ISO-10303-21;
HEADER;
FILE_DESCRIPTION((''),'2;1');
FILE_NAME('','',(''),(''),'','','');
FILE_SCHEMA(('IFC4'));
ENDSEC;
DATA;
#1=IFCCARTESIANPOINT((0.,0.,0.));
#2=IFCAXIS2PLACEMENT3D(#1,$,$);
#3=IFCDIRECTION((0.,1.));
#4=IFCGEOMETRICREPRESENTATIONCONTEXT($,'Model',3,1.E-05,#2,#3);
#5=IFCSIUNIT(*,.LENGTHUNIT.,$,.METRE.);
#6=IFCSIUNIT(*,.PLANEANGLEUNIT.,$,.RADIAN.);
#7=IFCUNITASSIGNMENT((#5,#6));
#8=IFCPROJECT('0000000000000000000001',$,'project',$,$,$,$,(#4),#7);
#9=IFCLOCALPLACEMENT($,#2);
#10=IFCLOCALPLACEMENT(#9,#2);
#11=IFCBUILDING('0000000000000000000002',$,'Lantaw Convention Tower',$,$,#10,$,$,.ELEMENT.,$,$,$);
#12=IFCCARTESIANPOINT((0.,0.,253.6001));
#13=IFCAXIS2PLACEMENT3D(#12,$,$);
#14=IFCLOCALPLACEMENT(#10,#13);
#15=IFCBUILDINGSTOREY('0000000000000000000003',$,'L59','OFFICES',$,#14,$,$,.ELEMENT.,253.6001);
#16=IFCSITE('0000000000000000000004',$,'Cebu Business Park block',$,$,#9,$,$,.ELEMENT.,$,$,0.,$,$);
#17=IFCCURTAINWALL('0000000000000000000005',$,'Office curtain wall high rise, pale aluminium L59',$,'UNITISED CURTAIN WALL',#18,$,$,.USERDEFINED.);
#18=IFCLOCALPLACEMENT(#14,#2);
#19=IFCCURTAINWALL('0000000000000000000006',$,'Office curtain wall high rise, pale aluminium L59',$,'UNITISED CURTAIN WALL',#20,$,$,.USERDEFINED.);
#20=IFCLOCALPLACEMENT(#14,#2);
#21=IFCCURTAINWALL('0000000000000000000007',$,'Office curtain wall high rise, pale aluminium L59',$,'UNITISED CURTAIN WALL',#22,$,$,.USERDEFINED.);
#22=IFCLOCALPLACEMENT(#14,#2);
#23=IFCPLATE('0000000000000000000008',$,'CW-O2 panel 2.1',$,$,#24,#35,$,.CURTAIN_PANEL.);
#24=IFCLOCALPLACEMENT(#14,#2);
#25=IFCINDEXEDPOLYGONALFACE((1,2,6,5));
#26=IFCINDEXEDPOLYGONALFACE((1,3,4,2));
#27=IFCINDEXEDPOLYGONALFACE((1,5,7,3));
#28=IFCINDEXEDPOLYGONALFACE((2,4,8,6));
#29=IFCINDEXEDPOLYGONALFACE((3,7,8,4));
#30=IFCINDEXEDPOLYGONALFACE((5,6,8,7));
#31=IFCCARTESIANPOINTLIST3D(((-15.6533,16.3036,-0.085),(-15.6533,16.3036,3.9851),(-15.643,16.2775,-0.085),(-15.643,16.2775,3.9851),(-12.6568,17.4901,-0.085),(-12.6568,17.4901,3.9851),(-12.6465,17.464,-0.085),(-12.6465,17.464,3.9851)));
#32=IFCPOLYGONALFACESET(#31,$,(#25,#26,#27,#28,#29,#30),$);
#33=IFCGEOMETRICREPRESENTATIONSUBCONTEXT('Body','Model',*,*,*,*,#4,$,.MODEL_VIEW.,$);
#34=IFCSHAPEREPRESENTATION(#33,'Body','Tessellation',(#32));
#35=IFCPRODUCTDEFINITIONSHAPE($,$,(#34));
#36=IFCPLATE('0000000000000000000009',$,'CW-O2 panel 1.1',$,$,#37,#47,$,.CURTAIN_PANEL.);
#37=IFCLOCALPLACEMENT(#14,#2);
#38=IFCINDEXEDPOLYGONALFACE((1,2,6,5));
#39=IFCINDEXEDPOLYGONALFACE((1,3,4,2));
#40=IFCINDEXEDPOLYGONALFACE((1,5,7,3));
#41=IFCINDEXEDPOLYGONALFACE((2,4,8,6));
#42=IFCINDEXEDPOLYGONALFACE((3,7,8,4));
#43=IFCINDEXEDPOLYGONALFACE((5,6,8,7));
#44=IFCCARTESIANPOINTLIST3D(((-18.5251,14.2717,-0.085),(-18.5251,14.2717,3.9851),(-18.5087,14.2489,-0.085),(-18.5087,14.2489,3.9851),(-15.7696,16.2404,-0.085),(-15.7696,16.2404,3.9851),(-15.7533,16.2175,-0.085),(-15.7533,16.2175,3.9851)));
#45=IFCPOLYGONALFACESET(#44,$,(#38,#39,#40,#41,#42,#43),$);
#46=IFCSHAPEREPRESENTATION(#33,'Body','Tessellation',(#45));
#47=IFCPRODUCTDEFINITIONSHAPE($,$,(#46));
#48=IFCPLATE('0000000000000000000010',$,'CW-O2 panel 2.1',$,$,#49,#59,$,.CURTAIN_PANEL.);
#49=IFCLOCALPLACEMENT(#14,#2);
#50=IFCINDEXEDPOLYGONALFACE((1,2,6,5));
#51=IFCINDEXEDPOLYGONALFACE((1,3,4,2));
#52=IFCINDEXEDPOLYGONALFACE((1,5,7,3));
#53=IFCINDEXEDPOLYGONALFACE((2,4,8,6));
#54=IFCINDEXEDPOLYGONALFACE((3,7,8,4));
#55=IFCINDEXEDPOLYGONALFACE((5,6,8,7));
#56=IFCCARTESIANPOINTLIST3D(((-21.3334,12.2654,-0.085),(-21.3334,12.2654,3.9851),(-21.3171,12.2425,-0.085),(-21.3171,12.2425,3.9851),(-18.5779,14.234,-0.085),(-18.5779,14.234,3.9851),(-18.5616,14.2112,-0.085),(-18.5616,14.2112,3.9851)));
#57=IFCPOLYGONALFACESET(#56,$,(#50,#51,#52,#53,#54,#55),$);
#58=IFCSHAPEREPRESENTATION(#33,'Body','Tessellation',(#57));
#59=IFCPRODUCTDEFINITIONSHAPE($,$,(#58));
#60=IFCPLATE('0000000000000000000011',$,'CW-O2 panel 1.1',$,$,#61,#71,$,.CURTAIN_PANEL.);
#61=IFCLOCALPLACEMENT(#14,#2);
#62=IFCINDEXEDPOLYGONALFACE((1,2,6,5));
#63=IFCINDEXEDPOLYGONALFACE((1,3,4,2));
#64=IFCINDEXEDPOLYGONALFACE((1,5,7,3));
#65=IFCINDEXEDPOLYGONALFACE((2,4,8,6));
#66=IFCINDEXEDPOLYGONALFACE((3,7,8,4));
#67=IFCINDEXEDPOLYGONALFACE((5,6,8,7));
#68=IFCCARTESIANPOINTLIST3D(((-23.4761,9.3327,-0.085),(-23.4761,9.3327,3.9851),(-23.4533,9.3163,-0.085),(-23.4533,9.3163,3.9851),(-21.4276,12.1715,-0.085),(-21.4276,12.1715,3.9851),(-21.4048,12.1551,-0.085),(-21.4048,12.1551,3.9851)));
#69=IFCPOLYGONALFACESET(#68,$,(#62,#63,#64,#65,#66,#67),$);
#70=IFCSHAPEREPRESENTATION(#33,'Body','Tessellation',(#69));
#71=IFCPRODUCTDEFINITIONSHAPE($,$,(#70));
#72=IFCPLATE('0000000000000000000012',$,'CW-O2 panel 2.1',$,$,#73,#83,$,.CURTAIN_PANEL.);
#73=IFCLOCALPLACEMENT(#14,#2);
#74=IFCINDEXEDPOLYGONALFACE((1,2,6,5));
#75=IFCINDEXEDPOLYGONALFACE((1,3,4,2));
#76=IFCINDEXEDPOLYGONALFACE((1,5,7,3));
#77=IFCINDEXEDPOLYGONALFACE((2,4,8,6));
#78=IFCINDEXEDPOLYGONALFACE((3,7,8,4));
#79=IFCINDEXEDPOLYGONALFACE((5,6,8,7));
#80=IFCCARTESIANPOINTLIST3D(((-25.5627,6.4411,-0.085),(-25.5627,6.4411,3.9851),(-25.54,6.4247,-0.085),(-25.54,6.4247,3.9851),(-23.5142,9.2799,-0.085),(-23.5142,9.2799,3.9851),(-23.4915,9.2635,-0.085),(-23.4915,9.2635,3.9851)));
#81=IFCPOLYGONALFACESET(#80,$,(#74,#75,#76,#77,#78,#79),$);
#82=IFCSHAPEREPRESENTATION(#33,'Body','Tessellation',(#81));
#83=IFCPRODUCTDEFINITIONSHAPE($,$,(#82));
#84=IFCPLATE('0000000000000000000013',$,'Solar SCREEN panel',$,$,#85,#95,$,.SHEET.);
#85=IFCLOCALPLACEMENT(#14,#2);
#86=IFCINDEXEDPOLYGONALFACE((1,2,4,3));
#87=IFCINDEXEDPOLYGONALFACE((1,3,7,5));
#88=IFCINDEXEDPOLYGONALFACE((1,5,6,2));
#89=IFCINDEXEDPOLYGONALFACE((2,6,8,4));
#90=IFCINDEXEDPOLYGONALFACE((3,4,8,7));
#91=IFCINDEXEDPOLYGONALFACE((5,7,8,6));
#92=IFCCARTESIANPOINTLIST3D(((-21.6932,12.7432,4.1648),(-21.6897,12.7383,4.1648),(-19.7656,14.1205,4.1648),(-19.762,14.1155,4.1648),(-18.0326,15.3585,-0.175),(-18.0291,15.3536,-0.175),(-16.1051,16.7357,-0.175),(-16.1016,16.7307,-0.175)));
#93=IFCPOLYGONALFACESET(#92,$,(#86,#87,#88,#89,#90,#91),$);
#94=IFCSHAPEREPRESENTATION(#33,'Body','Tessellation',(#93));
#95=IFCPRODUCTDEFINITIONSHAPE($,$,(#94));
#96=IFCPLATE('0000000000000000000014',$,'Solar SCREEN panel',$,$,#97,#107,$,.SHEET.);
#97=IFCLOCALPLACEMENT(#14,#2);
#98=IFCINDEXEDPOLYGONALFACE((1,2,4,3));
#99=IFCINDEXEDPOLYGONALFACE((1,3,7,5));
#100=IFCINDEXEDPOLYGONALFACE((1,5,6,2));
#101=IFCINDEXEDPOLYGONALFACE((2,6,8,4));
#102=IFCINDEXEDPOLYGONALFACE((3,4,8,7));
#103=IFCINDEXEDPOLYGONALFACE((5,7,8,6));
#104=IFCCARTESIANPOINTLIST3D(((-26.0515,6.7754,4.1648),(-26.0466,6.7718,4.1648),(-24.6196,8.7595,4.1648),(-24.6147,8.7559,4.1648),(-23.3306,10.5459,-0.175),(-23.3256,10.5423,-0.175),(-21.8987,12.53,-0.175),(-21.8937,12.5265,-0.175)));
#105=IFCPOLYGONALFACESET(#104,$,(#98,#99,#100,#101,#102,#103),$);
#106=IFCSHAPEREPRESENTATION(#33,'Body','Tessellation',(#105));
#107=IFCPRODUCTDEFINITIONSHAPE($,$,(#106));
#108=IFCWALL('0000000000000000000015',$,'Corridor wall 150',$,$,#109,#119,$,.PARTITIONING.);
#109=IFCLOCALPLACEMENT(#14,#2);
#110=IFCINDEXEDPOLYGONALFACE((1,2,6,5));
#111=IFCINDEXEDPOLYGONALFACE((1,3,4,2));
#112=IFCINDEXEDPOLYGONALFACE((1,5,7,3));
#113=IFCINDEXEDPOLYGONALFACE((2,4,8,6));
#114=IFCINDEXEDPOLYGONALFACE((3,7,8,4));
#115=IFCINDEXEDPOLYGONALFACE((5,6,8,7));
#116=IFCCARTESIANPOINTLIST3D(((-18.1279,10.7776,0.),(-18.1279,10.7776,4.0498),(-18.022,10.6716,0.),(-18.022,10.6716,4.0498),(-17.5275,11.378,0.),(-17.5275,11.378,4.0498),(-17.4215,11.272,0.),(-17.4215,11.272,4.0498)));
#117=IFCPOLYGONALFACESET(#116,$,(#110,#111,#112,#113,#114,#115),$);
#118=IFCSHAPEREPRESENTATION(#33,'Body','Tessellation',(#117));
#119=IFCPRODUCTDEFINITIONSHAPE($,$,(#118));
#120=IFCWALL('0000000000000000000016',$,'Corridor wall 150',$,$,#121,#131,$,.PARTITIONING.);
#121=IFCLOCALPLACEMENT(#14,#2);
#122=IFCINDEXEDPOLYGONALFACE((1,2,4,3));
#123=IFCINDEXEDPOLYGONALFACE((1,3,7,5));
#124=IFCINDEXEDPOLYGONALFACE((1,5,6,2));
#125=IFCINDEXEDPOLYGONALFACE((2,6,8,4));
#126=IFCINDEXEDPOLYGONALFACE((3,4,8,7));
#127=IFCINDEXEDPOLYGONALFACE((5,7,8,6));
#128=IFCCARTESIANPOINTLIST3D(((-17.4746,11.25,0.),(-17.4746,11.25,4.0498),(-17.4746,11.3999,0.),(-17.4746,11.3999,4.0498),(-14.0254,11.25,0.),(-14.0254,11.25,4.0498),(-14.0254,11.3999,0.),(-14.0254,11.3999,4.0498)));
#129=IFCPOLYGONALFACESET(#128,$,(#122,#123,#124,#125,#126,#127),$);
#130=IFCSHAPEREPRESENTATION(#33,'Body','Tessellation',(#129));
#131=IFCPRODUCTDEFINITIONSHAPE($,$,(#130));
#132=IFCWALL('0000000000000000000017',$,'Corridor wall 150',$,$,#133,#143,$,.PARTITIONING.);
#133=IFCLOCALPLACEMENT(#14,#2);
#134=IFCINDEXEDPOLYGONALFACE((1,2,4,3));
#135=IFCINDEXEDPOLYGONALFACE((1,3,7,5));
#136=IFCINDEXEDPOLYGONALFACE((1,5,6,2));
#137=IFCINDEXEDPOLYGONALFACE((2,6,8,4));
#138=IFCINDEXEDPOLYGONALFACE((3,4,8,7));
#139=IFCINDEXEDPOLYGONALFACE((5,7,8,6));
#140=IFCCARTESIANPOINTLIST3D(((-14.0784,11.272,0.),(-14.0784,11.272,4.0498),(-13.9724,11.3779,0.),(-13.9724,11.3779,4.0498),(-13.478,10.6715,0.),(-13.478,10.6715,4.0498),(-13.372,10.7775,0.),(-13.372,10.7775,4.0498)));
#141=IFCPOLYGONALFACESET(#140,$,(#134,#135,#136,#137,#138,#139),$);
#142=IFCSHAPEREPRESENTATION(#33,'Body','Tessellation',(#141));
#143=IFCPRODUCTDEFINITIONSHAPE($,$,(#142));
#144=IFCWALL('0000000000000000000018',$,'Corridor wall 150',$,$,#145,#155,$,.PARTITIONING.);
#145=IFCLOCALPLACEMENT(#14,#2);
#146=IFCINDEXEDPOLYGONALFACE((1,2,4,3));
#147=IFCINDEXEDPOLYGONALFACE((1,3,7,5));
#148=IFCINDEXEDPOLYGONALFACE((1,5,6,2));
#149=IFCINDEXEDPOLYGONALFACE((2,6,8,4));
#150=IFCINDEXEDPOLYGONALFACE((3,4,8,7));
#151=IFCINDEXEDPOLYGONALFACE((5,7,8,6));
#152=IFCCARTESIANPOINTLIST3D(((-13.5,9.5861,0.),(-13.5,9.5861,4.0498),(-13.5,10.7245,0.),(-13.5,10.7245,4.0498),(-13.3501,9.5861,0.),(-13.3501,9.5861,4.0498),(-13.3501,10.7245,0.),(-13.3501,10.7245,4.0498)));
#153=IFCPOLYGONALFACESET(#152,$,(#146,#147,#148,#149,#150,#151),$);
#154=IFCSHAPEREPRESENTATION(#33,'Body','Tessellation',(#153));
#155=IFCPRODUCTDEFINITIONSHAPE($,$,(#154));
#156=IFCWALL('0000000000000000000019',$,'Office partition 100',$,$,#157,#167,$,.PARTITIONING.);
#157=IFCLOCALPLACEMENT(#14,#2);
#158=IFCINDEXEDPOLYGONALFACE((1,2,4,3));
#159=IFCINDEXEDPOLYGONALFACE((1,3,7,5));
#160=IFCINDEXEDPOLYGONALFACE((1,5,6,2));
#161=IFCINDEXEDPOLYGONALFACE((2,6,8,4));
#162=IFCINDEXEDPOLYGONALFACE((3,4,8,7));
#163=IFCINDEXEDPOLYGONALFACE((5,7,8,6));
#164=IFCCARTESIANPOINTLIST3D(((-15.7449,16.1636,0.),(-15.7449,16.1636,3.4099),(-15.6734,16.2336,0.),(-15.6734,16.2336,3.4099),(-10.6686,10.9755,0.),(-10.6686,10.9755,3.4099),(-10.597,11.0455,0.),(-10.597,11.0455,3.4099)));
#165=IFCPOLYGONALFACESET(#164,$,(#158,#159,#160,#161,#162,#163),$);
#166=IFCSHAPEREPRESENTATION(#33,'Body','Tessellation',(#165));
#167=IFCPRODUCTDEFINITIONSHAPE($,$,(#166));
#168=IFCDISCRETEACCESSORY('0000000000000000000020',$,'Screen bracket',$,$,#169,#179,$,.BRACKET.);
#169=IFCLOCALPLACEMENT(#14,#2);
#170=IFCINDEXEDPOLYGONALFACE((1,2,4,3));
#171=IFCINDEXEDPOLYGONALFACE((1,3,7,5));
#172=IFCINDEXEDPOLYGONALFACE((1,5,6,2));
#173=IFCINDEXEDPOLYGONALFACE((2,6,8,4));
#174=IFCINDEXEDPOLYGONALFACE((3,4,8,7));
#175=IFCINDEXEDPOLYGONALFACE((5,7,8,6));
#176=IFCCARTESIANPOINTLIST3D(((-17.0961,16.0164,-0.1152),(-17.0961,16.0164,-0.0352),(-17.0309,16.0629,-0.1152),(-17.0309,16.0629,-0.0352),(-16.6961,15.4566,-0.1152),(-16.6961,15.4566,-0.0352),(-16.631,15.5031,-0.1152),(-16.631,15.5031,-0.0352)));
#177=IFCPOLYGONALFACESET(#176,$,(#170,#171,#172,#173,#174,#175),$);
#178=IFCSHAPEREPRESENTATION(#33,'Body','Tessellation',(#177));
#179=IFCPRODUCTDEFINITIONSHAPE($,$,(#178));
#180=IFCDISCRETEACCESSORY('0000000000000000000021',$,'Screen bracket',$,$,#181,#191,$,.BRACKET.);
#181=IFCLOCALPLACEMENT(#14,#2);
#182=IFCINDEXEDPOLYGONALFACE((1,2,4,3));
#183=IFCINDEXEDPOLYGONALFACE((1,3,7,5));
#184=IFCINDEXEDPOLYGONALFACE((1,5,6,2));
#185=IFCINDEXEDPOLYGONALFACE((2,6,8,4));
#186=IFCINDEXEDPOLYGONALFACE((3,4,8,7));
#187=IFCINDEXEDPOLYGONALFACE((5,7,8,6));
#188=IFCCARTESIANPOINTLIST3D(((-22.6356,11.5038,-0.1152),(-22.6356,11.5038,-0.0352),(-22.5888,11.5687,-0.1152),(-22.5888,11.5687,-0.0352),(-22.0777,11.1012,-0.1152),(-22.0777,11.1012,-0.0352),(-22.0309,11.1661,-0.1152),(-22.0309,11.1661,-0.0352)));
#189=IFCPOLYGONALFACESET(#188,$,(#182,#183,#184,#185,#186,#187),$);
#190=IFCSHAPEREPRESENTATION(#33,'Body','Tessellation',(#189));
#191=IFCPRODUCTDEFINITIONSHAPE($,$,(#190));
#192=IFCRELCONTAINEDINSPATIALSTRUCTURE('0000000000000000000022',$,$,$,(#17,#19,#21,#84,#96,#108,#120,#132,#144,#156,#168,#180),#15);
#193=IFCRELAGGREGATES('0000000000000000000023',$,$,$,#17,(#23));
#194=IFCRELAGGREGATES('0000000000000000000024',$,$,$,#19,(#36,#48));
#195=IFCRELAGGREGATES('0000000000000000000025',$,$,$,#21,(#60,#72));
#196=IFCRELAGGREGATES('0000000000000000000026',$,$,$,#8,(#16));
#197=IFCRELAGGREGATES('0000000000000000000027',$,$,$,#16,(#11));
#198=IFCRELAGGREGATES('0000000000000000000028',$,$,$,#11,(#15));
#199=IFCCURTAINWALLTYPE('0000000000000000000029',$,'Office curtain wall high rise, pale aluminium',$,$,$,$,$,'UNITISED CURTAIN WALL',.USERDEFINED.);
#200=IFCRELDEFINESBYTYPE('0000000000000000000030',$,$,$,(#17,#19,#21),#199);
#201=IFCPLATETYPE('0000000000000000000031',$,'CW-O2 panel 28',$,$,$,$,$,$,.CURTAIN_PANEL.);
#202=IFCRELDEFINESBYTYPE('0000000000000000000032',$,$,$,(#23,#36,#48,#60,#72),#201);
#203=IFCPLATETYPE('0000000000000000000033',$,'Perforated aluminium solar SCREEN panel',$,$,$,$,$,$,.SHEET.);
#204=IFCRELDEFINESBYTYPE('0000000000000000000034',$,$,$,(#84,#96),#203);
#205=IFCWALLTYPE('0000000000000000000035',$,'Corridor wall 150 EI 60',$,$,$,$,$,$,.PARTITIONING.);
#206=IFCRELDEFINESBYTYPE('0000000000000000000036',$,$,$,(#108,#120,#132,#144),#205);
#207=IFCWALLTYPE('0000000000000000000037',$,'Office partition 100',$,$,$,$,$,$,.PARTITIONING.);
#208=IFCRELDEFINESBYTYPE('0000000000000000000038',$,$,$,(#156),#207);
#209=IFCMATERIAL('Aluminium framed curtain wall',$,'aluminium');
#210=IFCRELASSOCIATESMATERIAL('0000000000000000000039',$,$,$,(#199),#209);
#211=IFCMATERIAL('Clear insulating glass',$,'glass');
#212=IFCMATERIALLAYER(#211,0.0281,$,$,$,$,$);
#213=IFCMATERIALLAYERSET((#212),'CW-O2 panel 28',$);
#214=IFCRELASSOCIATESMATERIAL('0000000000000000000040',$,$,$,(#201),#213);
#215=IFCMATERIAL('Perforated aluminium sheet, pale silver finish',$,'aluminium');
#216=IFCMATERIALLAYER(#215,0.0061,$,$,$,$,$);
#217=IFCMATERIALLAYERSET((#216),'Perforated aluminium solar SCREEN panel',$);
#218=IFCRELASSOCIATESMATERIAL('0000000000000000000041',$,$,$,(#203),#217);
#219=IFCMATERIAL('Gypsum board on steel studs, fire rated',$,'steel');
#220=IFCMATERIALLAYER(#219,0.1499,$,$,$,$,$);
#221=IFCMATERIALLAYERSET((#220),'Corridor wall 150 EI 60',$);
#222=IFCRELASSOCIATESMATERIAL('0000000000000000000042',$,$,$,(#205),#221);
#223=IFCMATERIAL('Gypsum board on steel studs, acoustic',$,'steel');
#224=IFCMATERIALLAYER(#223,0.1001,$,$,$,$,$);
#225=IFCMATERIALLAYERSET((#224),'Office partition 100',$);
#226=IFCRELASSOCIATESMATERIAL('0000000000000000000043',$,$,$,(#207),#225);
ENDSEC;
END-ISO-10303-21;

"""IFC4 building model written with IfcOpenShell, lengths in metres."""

from ifc_helpers import new_model, si_unit, direction, frame, frame_2d, origin, origin_2d, place, context, subcontext, project, spatial, polyline, rectangle, outline, extrude, material, layer, layer_set, type_object, element, aggregate, save


model = new_model("IFC4")

# Units and contexts
model_context = context("Model", 3, precision=1e-05, world=origin(), true_north=direction((0.0, 1.0)))
body_context = subcontext(model_context, "Body", "Model", "MODEL_VIEW")
ifc_project = project(units=[si_unit("LENGTHUNIT", "METRE"), si_unit("PLANEANGLEUNIT", "RADIAN")], contexts=[model_context])

# Site, building, storey
site_placement = place(None, origin())
site = spatial("IfcSite", under=ifc_project, at=site_placement, Name="Cebu Business Park block", CompositionType="ELEMENT", RefElevation=0.0)
building_placement = place(site_placement, origin())
building = spatial("IfcBuilding", under=site, at=building_placement, Name="Lantaw Convention Tower", CompositionType="ELEMENT")
storey_placement = place(building_placement, frame((0.0, 0.0, 253.6001)))
storey = spatial("IfcBuildingStorey", under=building, at=storey_placement, Name="L59", Description="OFFICES", CompositionType="ELEMENT", Elevation=253.6001)

# Curtain walls
ifc_material_1 = material(Name="Aluminium framed curtain wall", Category="aluminium")
curtain_wall_type = type_object("IfcCurtainWallType", Name="Office curtain wall high rise, pale aluminium", ElementType="UNITISED CURTAIN WALL", PredefinedType="USERDEFINED", material=ifc_material_1)
curtain_wall_1_placement = place(storey_placement, origin())
curtain_wall_1 = element("IfcCurtainWall", 1, at=curtain_wall_1_placement, inside=storey, type_object=curtain_wall_type, Name="Office curtain wall high rise, pale aluminium L59", ObjectType="UNITISED CURTAIN WALL", PredefinedType="USERDEFINED")
curtain_wall_2_placement = place(storey_placement, origin())
curtain_wall_2 = element("IfcCurtainWall", 2, at=curtain_wall_2_placement, inside=storey, type_object=curtain_wall_type, Name="Office curtain wall high rise, pale aluminium L59", ObjectType="UNITISED CURTAIN WALL", PredefinedType="USERDEFINED")
curtain_wall_3_placement = place(storey_placement, origin())
curtain_wall_3 = element("IfcCurtainWall", 3, at=curtain_wall_3_placement, inside=storey, type_object=curtain_wall_type, Name="Office curtain wall high rise, pale aluminium L59", ObjectType="UNITISED CURTAIN WALL", PredefinedType="USERDEFINED")

# Plates
ifc_material_2 = material(Name="Clear insulating glass", Category="glass")
ifc_layer_1 = layer(ifc_material_2, 0.0281)
ifc_layer_set_1 = layer_set([ifc_layer_1], Name="CW-O2 panel 28")
plate_type_1 = type_object("IfcPlateType", Name="CW-O2 panel 28", PredefinedType="CURTAIN_PANEL", material=ifc_layer_set_1)
plate_1_placement = place(storey_placement, frame((-14.1499, 16.8838, -0.085), z_axis=(0.0, 0.0, 1.0), x_axis=(-0.929762, -0.368162, 0.0)))
plate_1 = element("IfcPlate", 4, at=plate_1_placement, type_object=plate_type_1, Name="CW-O2 panel 2.1", PredefinedType="CURTAIN_PANEL", context=body_context, shape_type="SweptSolid", body=[
    extrude(rectangle(XDim=3.2229, YDim=0.0281, at=origin_2d()), origin(), (0.0, 0.0, 1.0), 4.0701),
])
aggregate(curtain_wall_1, [plate_1])
plate_2_placement = place(storey_placement, frame((-17.1392, 15.2446, -0.085), z_axis=(0.0, 0.0, 1.0), x_axis=(-0.813673, -0.581323, 0.0)))
plate_2 = element("IfcPlate", 5, at=plate_2_placement, type_object=plate_type_1, Name="CW-O2 panel 1.1", PredefinedType="CURTAIN_PANEL", context=body_context, shape_type="SweptSolid", body=[
    extrude(rectangle(XDim=3.3865, YDim=0.0281, at=origin_2d()), origin(), (0.0, 0.0, 1.0), 4.0701),
])
plate_3_placement = place(storey_placement, frame((-19.9475, 13.2383, -0.085), z_axis=(0.0, 0.0, 1.0), x_axis=(-0.813673, -0.581323, 0.0)))
plate_3 = element("IfcPlate", 6, at=plate_3_placement, type_object=plate_type_1, Name="CW-O2 panel 2.1", PredefinedType="CURTAIN_PANEL", context=body_context, shape_type="SweptSolid", body=[
    extrude(rectangle(XDim=3.3865, YDim=0.0281, at=origin_2d()), origin(), (0.0, 0.0, 1.0), 4.0701),
])
aggregate(curtain_wall_2, [plate_2, plate_3])
plate_4_placement = place(storey_placement, frame((-22.4404, 10.7439, -0.085), z_axis=(0.0, 0.0, 1.0), x_axis=(-0.585158, -0.81092, 0.0)))
plate_4 = element("IfcPlate", 7, at=plate_4_placement, type_object=plate_type_1, Name="CW-O2 panel 1.1", PredefinedType="CURTAIN_PANEL", context=body_context, shape_type="SweptSolid", body=[
    extrude(rectangle(XDim=3.5007, YDim=0.0281, at=origin_2d()), origin(), (0.0, 0.0, 1.0), 4.0701),
])
plate_5_placement = place(storey_placement, frame((-24.5271, 7.8523, -0.085), z_axis=(0.0, 0.0, 1.0), x_axis=(-0.585158, -0.81092, 0.0)))
plate_5 = element("IfcPlate", 8, at=plate_5_placement, type_object=plate_type_1, Name="CW-O2 panel 2.1", PredefinedType="CURTAIN_PANEL", context=body_context, shape_type="SweptSolid", body=[
    extrude(rectangle(XDim=3.5007, YDim=0.0281, at=origin_2d()), origin(), (0.0, 0.0, 1.0), 4.0701),
])
aggregate(curtain_wall_3, [plate_4, plate_5])

# Plates
ifc_material_3 = material(Name="Perforated aluminium sheet, pale silver finish", Category="aluminium")
ifc_layer_2 = layer(ifc_material_3, 0.0061)
ifc_layer_set_2 = layer_set([ifc_layer_2], Name="Perforated aluminium solar SCREEN panel")
plate_type_2 = type_object("IfcPlateType", Name="Perforated aluminium solar SCREEN panel", PredefinedType="SHEET", material=ifc_layer_set_2)
plate_6_placement = place(storey_placement, frame((-16.1016, 16.7307, -0.175), z_axis=(0.581331, -0.813667, 0.00001), x_axis=(-0.813667, -0.581331, 0.0)))
element("IfcPlate", 9, at=plate_6_placement, inside=storey, type_object=plate_type_2, Name="Solar SCREEN panel", PredefinedType="SHEET", context=body_context, shape_type="SweptSolid", body=[
    extrude(outline(polyline([(0.0, 0.0), (2.3689, 0.0), (6.8678, -4.3398), (4.4987, -4.3398), (0.0, 0.0)])), origin(), (0.0, 0.0, -1.0), 0.0061),
])
plate_7_placement = place(storey_placement, frame((-21.8987, 12.53, -0.175), z_axis=(-0.810892, 0.585195, 0.00002), x_axis=(-0.585195, -0.810892, 0.0)))
element("IfcPlate", 10, at=plate_7_placement, inside=storey, type_object=plate_type_2, Name="Solar SCREEN panel", PredefinedType="SHEET", context=body_context, shape_type="SweptSolid", body=[
    extrude(outline(polyline([(0.0, 0.0), (2.4468, 0.0), (7.0966, 4.3398), (4.6498, 4.3398), (0.0, 0.0)])), origin(), (0.0, 0.0, -1.0), 0.0061),
])

# Walls
ifc_material_4 = material(Name="Gypsum board on steel studs, fire rated", Category="steel")
ifc_layer_3 = layer(ifc_material_4, 0.1499)
ifc_layer_set_3 = layer_set([ifc_layer_3], Name="Corridor wall 150 EI 60")
wall_type_1 = type_object("IfcWallType", Name="Corridor wall 150 EI 60", PredefinedType="PARTITIONING", material=ifc_layer_set_3)
wall_1_placement = place(storey_placement, frame((-18.075, 10.7246, 0.0), z_axis=(0.0, 0.0, 1.0), x_axis=(0.707107, 0.707107, 0.0)))
element("IfcWall", 11, at=wall_1_placement, inside=storey, type_object=wall_type_1, Name="Corridor wall 150", PredefinedType="PARTITIONING", context=body_context, shape_type="SweptSolid", body=[
    extrude(rectangle(XDim=0.8491, YDim=0.1499, at=frame_2d((0.4246, 0.0))), origin(), (0.0, 0.0, 1.0), 4.0498),
])
wall_2_placement = place(storey_placement, frame((-17.4746, 11.325, 0.0), z_axis=(0.0, 0.0, 1.0), x_axis=(1.0, 0.0, 0.0)))
element("IfcWall", 12, at=wall_2_placement, inside=storey, type_object=wall_type_1, Name="Corridor wall 150", PredefinedType="PARTITIONING", context=body_context, shape_type="SweptSolid", body=[
    extrude(rectangle(XDim=3.4492, YDim=0.1499, at=frame_2d((1.7246, 0.0))), origin(), (0.0, 0.0, 1.0), 4.0498),
])
wall_3_placement = place(storey_placement, frame((-14.0254, 11.325, 0.0), z_axis=(0.0, 0.0, 1.0), x_axis=(0.707107, -0.707107, 0.0)))
element("IfcWall", 13, at=wall_3_placement, inside=storey, type_object=wall_type_1, Name="Corridor wall 150", PredefinedType="PARTITIONING", context=body_context, shape_type="SweptSolid", body=[
    extrude(rectangle(XDim=0.8491, YDim=0.1499, at=frame_2d((0.4246, 0.0))), origin(), (0.0, 0.0, 1.0), 4.0498),
])
wall_4_placement = place(storey_placement, frame((-13.425, 10.7246, 0.0), z_axis=(0.0, 0.0, 1.0), x_axis=(0.0, -1.0, 0.0)))
element("IfcWall", 14, at=wall_4_placement, inside=storey, type_object=wall_type_1, Name="Corridor wall 150", PredefinedType="PARTITIONING", context=body_context, shape_type="SweptSolid", body=[
    extrude(rectangle(XDim=1.1384, YDim=0.1499, at=frame_2d((0.5693, 0.0))), origin(), (0.0, 0.0, 1.0), 4.0498),
])
ifc_material_5 = material(Name="Gypsum board on steel studs, acoustic", Category="steel")
ifc_layer_4 = layer(ifc_material_5, 0.1001)
ifc_layer_set_4 = layer_set([ifc_layer_4], Name="Office partition 100")
wall_type_2 = type_object("IfcWallType", Name="Office partition 100", PredefinedType="PARTITIONING", material=ifc_layer_set_4)
wall_5_placement = place(storey_placement, frame((-15.7092, 16.1987, 0.0), z_axis=(0.0, 0.0, 1.0), x_axis=(0.699363, -0.714767, 0.0)))
element("IfcWall", 15, at=wall_5_placement, inside=storey, type_object=wall_type_2, Name="Office partition 100", PredefinedType="PARTITIONING", context=body_context, shape_type="SweptSolid", body=[
    extrude(rectangle(XDim=7.2585, YDim=0.1001, at=frame_2d((3.6294, 0.0))), origin(), (0.0, 0.0, 1.0), 3.4099),
])

# Discrete accessories
for number, where, z_axis, x_axis, name in (
    (16, (-16.8635, 15.7598, -0.1152), (0.0, 0.0, 1.0), (-0.813673, -0.581323, 0.0), "Screen bracket"),
    (17, (-22.3333, 11.335, -0.1152), (0.0, 0.0, 1.0), (-0.585158, -0.81092, 0.0), "Screen bracket"),
):
    element("IfcDiscreteAccessory", number, at=place(storey_placement, frame(where, z_axis=z_axis, x_axis=x_axis)), inside=storey, Name=name, PredefinedType="BRACKET", context=body_context, shape_type="SweptSolid", body=[
        extrude(rectangle(XDim=0.0801, YDim=0.688, at=origin_2d()), origin(), (0.0, 0.0, 1.0), 0.0801),
    ])

save(model, "model.ifc")
